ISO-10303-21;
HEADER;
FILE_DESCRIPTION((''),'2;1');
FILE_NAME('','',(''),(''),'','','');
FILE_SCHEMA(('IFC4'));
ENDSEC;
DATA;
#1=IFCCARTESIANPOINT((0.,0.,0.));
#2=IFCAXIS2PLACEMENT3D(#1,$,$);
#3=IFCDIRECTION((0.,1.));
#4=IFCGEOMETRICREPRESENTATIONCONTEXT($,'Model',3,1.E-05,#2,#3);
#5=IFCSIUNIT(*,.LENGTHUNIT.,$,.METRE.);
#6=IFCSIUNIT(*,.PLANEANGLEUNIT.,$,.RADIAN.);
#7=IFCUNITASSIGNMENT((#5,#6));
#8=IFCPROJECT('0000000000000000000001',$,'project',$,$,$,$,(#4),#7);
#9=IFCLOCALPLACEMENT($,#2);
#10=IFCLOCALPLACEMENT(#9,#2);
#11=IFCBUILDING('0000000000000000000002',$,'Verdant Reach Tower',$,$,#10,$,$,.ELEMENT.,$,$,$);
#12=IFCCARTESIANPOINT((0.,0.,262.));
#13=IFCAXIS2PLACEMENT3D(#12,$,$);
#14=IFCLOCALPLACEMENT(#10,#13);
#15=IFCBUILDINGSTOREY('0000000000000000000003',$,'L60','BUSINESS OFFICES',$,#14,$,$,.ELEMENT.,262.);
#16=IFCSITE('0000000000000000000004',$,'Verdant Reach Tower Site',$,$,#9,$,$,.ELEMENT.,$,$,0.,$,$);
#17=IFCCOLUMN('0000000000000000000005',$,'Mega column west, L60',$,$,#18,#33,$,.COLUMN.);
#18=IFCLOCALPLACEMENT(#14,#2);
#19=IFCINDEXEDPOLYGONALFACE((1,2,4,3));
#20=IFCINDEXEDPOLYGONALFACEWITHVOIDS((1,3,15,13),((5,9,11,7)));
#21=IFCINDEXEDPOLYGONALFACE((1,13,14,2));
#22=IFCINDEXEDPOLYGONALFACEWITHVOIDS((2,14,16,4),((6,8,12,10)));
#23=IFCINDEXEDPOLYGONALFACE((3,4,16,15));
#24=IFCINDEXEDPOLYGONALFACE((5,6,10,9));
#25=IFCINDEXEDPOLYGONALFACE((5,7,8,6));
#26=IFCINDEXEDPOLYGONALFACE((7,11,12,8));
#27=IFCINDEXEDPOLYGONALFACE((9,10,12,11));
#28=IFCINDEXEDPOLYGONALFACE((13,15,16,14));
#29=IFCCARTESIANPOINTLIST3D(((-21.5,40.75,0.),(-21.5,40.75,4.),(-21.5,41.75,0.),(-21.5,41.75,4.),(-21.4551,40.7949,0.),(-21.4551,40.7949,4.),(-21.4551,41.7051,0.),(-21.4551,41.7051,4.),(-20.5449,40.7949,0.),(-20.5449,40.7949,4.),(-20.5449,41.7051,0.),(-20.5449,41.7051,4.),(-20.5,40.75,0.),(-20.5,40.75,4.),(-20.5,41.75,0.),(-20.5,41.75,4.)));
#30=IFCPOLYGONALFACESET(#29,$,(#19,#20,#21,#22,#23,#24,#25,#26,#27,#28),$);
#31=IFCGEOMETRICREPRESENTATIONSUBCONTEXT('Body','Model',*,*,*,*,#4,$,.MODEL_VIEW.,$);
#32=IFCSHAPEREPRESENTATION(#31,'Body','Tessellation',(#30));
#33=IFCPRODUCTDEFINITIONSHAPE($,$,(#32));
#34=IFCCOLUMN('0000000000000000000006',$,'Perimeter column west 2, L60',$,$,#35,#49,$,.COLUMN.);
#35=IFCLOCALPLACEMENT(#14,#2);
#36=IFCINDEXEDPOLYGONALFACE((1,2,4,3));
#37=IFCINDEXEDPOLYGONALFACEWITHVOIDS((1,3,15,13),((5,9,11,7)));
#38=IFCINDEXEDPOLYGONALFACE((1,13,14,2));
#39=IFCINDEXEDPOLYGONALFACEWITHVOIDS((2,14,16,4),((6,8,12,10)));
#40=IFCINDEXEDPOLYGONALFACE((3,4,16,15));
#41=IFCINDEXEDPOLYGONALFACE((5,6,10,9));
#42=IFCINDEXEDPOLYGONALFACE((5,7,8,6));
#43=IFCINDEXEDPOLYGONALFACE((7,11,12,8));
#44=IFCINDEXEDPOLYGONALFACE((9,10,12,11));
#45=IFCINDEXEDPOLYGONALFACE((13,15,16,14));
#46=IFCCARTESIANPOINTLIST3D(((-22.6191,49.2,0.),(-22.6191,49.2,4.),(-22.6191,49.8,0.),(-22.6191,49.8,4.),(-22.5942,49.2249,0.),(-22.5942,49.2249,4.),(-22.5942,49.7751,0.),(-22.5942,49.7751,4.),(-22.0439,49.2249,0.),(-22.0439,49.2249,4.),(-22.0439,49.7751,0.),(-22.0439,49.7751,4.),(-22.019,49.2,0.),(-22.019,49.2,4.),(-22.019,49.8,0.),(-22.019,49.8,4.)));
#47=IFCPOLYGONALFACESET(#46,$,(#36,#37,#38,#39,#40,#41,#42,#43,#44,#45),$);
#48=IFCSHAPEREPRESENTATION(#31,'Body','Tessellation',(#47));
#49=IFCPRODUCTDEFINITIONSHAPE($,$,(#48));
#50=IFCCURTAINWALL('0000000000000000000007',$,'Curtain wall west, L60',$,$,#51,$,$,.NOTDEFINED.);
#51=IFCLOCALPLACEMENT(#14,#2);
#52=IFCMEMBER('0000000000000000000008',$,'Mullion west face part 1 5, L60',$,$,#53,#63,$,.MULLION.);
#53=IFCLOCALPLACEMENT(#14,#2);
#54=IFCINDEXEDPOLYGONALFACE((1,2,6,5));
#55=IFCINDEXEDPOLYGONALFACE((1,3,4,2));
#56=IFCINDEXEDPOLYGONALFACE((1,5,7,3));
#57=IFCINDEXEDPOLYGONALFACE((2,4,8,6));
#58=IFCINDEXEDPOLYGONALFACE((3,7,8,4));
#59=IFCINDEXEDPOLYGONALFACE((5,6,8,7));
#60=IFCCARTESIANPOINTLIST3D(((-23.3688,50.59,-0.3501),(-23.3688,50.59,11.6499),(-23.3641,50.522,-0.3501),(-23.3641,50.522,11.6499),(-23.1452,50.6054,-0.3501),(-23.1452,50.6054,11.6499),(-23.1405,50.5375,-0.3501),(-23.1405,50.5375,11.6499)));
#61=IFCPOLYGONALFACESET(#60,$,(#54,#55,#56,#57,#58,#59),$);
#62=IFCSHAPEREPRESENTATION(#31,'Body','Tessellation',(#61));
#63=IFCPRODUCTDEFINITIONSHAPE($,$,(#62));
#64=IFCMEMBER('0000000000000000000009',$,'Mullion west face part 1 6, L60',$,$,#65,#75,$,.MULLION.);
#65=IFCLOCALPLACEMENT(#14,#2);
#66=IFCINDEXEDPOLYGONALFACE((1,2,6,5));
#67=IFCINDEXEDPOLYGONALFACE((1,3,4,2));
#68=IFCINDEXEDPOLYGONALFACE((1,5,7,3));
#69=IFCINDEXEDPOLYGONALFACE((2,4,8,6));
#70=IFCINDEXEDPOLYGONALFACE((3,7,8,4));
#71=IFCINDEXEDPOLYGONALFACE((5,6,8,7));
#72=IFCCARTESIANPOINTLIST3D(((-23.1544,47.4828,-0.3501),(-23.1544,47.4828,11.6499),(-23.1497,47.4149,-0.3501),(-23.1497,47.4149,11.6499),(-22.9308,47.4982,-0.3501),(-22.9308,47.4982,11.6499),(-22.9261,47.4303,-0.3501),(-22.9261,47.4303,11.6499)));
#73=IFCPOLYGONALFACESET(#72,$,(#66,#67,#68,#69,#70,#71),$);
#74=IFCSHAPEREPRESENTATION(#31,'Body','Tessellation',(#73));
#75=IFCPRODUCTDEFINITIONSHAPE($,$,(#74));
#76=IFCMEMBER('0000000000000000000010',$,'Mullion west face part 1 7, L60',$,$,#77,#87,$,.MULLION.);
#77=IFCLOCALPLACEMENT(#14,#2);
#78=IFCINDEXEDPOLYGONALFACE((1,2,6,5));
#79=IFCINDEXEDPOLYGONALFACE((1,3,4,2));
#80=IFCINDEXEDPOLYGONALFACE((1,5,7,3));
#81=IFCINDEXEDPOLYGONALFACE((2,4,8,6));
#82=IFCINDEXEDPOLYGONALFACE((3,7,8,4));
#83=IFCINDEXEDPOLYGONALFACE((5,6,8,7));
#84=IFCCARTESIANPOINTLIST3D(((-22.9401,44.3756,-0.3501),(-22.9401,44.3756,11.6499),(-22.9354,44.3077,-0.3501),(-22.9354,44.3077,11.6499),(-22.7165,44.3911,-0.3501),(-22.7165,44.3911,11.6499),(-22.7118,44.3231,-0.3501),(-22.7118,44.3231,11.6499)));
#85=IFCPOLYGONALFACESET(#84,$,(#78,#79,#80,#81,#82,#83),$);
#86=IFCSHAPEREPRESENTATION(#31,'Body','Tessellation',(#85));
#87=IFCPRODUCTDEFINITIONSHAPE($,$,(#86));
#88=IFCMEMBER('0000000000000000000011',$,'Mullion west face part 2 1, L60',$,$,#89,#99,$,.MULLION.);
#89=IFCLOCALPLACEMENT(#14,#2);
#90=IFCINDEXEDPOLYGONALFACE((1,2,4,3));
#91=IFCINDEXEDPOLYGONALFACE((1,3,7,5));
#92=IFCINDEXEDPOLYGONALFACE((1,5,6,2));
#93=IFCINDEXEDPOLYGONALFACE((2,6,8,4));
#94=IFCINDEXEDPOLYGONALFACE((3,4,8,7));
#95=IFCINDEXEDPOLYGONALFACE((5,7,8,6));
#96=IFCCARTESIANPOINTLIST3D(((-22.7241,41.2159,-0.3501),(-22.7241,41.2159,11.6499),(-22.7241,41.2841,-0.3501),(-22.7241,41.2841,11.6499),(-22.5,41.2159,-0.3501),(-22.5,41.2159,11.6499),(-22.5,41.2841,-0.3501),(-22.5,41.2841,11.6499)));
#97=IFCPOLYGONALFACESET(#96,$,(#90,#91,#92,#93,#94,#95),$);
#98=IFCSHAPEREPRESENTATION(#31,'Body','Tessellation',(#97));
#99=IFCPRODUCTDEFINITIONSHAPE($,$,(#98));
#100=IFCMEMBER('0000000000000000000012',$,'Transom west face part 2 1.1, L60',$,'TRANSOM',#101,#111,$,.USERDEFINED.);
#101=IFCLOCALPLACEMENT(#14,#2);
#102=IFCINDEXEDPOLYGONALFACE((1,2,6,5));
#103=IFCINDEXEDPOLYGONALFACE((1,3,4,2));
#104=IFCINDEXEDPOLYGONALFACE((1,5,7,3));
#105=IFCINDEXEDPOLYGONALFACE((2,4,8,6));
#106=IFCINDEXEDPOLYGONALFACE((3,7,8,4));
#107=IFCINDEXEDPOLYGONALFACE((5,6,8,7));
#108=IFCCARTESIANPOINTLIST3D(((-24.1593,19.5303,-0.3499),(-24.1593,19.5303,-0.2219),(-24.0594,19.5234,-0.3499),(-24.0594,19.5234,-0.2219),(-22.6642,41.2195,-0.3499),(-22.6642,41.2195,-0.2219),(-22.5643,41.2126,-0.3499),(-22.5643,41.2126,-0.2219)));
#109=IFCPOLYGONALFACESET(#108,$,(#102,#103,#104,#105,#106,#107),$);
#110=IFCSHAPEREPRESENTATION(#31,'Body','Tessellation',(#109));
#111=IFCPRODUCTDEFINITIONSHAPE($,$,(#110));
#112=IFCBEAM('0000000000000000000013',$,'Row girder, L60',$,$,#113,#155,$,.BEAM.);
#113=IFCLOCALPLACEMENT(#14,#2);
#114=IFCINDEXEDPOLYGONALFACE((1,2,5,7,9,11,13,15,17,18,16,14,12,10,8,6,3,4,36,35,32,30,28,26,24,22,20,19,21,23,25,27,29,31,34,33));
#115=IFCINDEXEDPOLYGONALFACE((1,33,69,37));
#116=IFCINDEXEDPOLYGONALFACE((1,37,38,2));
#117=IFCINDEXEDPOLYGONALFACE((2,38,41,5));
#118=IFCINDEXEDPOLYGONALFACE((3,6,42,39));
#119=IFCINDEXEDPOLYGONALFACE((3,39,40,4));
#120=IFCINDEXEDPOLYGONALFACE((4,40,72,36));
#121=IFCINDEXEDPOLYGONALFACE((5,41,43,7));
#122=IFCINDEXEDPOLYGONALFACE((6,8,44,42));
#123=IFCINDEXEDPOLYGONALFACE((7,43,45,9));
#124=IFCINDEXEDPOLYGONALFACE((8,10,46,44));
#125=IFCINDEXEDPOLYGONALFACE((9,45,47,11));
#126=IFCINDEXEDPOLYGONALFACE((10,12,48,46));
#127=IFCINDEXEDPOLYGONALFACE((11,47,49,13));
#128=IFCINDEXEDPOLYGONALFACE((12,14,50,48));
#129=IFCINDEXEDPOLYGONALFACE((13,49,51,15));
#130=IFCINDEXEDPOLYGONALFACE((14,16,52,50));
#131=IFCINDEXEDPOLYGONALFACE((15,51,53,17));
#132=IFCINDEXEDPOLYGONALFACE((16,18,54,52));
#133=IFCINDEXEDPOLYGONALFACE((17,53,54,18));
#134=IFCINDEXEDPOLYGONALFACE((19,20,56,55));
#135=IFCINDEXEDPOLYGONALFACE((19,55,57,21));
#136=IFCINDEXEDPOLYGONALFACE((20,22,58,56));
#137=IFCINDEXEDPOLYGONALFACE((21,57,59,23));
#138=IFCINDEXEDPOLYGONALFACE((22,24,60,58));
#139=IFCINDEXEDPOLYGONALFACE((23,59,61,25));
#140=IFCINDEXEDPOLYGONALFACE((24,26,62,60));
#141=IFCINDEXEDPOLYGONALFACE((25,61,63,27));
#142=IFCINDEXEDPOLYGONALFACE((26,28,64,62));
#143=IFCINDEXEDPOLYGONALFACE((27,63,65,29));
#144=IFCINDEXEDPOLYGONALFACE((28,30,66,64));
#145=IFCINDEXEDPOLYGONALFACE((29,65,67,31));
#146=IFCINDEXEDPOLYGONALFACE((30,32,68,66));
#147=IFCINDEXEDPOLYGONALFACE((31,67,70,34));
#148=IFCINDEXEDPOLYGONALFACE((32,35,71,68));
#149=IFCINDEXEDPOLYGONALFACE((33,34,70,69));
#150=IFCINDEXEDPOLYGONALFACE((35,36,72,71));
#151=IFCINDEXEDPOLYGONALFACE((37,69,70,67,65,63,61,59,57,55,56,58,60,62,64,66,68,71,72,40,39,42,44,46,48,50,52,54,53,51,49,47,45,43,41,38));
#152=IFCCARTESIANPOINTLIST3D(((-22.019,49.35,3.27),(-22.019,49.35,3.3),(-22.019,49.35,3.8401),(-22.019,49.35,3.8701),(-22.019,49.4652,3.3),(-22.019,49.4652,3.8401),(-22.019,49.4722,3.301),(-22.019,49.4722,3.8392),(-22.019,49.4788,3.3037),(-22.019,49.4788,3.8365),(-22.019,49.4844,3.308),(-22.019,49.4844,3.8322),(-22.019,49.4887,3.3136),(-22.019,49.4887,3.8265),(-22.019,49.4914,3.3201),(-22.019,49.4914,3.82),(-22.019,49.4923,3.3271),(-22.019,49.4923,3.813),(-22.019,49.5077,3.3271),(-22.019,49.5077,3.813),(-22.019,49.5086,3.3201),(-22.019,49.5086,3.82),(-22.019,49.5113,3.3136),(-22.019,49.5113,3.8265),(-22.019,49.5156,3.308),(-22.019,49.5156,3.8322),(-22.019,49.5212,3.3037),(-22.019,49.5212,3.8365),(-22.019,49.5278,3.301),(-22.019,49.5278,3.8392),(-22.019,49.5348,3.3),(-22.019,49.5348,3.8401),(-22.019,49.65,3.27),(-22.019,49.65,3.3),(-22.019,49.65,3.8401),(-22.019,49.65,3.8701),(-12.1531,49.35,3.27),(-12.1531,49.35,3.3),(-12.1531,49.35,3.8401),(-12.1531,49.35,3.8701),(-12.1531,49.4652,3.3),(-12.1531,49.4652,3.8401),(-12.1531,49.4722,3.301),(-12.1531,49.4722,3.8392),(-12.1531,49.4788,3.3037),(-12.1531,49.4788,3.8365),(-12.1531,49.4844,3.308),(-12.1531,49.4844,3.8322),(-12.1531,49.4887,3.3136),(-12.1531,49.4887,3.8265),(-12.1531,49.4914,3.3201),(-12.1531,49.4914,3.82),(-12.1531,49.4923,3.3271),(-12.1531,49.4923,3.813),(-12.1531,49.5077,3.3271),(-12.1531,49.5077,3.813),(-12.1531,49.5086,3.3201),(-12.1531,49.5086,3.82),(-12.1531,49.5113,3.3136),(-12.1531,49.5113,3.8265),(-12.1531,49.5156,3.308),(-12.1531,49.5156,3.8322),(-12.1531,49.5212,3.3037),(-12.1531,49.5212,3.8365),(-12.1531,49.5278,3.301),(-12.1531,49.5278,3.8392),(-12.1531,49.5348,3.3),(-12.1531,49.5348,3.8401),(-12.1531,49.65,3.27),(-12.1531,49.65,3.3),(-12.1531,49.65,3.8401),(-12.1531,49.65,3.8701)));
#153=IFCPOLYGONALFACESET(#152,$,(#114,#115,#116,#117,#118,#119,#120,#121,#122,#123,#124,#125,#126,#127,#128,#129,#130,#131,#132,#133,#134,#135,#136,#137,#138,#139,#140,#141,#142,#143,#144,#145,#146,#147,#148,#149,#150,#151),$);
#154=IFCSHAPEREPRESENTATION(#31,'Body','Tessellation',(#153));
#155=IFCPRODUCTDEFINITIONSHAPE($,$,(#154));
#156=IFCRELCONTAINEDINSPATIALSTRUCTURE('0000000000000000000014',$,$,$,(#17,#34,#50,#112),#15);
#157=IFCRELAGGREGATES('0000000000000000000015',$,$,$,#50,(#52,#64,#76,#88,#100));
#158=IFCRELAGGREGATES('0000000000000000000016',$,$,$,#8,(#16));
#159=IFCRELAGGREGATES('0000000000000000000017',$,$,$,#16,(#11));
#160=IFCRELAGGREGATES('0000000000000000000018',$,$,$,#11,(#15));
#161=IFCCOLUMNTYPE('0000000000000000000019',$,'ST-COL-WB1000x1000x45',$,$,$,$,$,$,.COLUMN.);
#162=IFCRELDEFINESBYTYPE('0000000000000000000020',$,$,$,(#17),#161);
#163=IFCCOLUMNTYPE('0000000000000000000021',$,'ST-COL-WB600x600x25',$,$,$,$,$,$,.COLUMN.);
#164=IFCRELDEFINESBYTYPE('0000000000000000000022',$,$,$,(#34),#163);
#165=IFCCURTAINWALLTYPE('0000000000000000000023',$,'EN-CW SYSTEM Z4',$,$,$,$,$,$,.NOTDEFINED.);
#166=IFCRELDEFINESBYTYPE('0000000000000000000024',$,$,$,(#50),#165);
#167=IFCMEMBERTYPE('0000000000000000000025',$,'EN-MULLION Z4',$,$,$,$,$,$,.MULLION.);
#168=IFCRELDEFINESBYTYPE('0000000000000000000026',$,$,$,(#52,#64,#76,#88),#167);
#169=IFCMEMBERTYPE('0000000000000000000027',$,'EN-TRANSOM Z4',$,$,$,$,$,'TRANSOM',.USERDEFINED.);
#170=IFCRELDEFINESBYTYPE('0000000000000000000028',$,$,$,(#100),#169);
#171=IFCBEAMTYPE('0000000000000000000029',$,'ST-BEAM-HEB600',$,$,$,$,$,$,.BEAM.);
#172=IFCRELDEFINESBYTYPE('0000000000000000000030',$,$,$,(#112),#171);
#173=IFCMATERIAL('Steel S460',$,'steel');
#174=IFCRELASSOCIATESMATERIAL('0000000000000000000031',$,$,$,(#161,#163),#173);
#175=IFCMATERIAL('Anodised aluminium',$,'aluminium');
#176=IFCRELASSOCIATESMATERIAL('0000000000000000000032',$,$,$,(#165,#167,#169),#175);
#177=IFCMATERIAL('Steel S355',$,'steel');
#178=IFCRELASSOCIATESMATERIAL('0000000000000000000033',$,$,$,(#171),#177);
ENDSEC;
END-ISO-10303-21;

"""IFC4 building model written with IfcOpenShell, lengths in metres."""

from ifc_helpers import new_model, si_unit, direction, frame, origin, origin_2d, place, context, subcontext, project, spatial, rectangle, hollow_rectangle, i_section, extrude, material, material_profile, profile_set, type_object, element, aggregate, save


model = new_model("IFC4")

# Units and contexts
model_context = context("Model", 3, precision=1e-05, world=origin(), true_north=direction((0.0, 1.0)))
body_context = subcontext(model_context, "Body", "Model", "MODEL_VIEW")
ifc_project = project(units=[si_unit("LENGTHUNIT", "METRE"), si_unit("PLANEANGLEUNIT", "RADIAN")], contexts=[model_context])

# Site, building, storey
site_placement = place(None, origin())
site = spatial("IfcSite", under=ifc_project, at=site_placement, Name="Verdant Reach Tower Site", CompositionType="ELEMENT", RefElevation=0.0)
building_placement = place(site_placement, origin())
building = spatial("IfcBuilding", under=site, at=building_placement, Name="Verdant Reach Tower", CompositionType="ELEMENT")
storey_placement = place(building_placement, frame((0.0, 0.0, 262.0)))
storey = spatial("IfcBuildingStorey", under=building, at=storey_placement, Name="L60", Description="BUSINESS OFFICES", CompositionType="ELEMENT", Elevation=262.0)

# Columns
ifc_material_1 = material(Name="Steel S460", Category="steel")
ifc_material_profile_1 = material_profile(ifc_material_1, hollow_rectangle(XDim=1.0, YDim=1.0, WallThickness=0.0449, at=origin_2d()), Name="WB 1000x1000x45")
ifc_profile_set_1 = profile_set([ifc_material_profile_1], Name="Steel S460")
column_type_1 = type_object("IfcColumnType", Name="ST-COL-WB1000x1000x45", PredefinedType="COLUMN", material=ifc_profile_set_1)
column_1_placement = place(storey_placement, frame((-21.0, 41.25, 0.0), z_axis=(0.0, 0.0, 1.0), x_axis=(1.0, 0.0, 0.0)))
element("IfcColumn", 1, at=column_1_placement, inside=storey, type_object=column_type_1, Name="Mega column west, L60", PredefinedType="COLUMN", context=body_context, shape_type="SweptSolid", body=[
    extrude(hollow_rectangle(XDim=1.0, YDim=1.0, WallThickness=0.0449, at=origin_2d()), origin(), (0.0, 0.0, 1.0), 4.0),
])
ifc_material_profile_2 = material_profile(ifc_material_1, hollow_rectangle(XDim=0.6001, YDim=0.6001, WallThickness=0.0249, at=origin_2d()), Name="WB 600x600x25")
ifc_profile_set_2 = profile_set([ifc_material_profile_2], Name="Steel S460")
column_type_2 = type_object("IfcColumnType", Name="ST-COL-WB600x600x25", PredefinedType="COLUMN", material=ifc_profile_set_2)
column_2_placement = place(storey_placement, frame((-22.3191, 49.5, 0.0), z_axis=(0.0, 0.0, 1.0), x_axis=(1.0, 0.0, 0.0)))
element("IfcColumn", 2, at=column_2_placement, inside=storey, type_object=column_type_2, Name="Perimeter column west 2, L60", PredefinedType="COLUMN", context=body_context, shape_type="SweptSolid", body=[
    extrude(hollow_rectangle(XDim=0.6001, YDim=0.6001, WallThickness=0.0249, at=origin_2d()), origin(), (0.0, 0.0, 1.0), 4.0),
])

# Curtain wall, members
ifc_material_2 = material(Name="Anodised aluminium", Category="aluminium")
curtain_wall_type = type_object("IfcCurtainWallType", Name="EN-CW SYSTEM Z4", PredefinedType="NOTDEFINED", material=ifc_material_2)
curtain_wall_placement = place(storey_placement, origin())
curtain_wall = element("IfcCurtainWall", 3, at=curtain_wall_placement, inside=storey, type_object=curtain_wall_type, Name="Curtain wall west, L60", PredefinedType="NOTDEFINED")
ifc_material_profile_3 = material_profile(ifc_material_2, rectangle(XDim=0.2241, YDim=0.0681, at=origin_2d()), Name="Mullion 68x224")
ifc_profile_set_3 = profile_set([ifc_material_profile_3], Name="Anodised aluminium")
member_type_1 = type_object("IfcMemberType", Name="EN-MULLION Z4", PredefinedType="MULLION", material=ifc_profile_set_3)
member_1_placement = place(storey_placement, frame((-23.2546, 50.5637, -0.3501), z_axis=(0.0, 0.0, 1.0), x_axis=(-0.99763, -0.068802, 0.0)))
member_1 = element("IfcMember", 4, at=member_1_placement, type_object=member_type_1, Name="Mullion west face part 1 5, L60", PredefinedType="MULLION", context=body_context, shape_type="SweptSolid", body=[
    extrude(rectangle(XDim=0.2241, YDim=0.0681, at=origin_2d()), origin(), (0.0, 0.0, 1.0), 12.0),
])
member_2_placement = place(storey_placement, frame((-23.0403, 47.4565, -0.3501), z_axis=(0.0, 0.0, 1.0), x_axis=(-0.99763, -0.068802, 0.0)))
member_2 = element("IfcMember", 5, at=member_2_placement, type_object=member_type_1, Name="Mullion west face part 1 6, L60", PredefinedType="MULLION", context=body_context, shape_type="SweptSolid", body=[
    extrude(rectangle(XDim=0.2241, YDim=0.0681, at=origin_2d()), origin(), (0.0, 0.0, 1.0), 12.0),
])
member_3_placement = place(storey_placement, frame((-22.8259, 44.3494, -0.3501), z_axis=(0.0, 0.0, 1.0), x_axis=(-0.99763, -0.068802, 0.0)))
member_3 = element("IfcMember", 6, at=member_3_placement, type_object=member_type_1, Name="Mullion west face part 1 7, L60", PredefinedType="MULLION", context=body_context, shape_type="SweptSolid", body=[
    extrude(rectangle(XDim=0.2241, YDim=0.0681, at=origin_2d()), origin(), (0.0, 0.0, 1.0), 12.0),
])
member_4_placement = place(storey_placement, frame((-22.6121, 41.25, -0.3501), z_axis=(0.0, 0.0, 1.0), x_axis=(-1.0, 0.0, 0.0)))
member_4 = element("IfcMember", 7, at=member_4_placement, type_object=member_type_1, Name="Mullion west face part 2 1, L60", PredefinedType="MULLION", context=body_context, shape_type="SweptSolid", body=[
    extrude(rectangle(XDim=0.2241, YDim=0.0681, at=origin_2d()), origin(), (0.0, 0.0, 1.0), 12.0),
])
ifc_material_profile_4 = material_profile(ifc_material_2, rectangle(XDim=0.1001, YDim=0.1279, at=origin_2d()), Name="Transom 128x100")
ifc_profile_set_4 = profile_set([ifc_material_profile_4], Name="Anodised aluminium")
member_type_2 = type_object("IfcMemberType", Name="EN-TRANSOM Z4", ElementType="TRANSOM", PredefinedType="USERDEFINED", material=ifc_profile_set_4)
member_5_placement = place(storey_placement, frame((-22.6143, 41.2161, -0.2859), z_axis=(-0.06877, -0.997633, 0.0), x_axis=(0.997633, -0.06877, 0.0)))
member_5 = element("IfcMember", 8, at=member_5_placement, type_object=member_type_2, Name="Transom west face part 2 1.1, L60", ObjectType="TRANSOM", PredefinedType="USERDEFINED", context=body_context, shape_type="SweptSolid", body=[
    extrude(rectangle(XDim=0.1001, YDim=0.1279, at=origin_2d()), origin(), (0.0, 0.0, 1.0), 21.7407),
])

# Beam
ifc_material_3 = material(Name="Steel S355", Category="steel")
ifc_material_profile_5 = material_profile(ifc_material_3, i_section(OverallWidth=0.3, OverallDepth=0.6001, WebThickness=0.0154, FlangeThickness=0.03, FilletRadius=0.0271, at=origin_2d()), Name="HEB 600")
ifc_profile_set_5 = profile_set([ifc_material_profile_5], Name="Steel S355")
beam_type_1 = type_object("IfcBeamType", Name="ST-BEAM-HEB600", PredefinedType="BEAM", material=ifc_profile_set_5)
beam_1_placement = place(storey_placement, frame((-22.019, 49.5, 3.5701), z_axis=(1.0, 0.0, 0.0), x_axis=(0.0, 1.0, 0.0)))
element("IfcBeam", 9, at=beam_1_placement, inside=storey, type_object=beam_type_1, Name="Row girder, L60", PredefinedType="BEAM", context=body_context, shape_type="SweptSolid", body=[
    extrude(i_section(OverallWidth=0.3, OverallDepth=0.6001, WebThickness=0.0154, FlangeThickness=0.03, FilletRadius=0.0271, at=origin_2d()), origin(), (0.0, 0.0, 1.0), 9.866),
])

aggregate(curtain_wall, [member_1, member_2, member_3, member_4, member_5])

save(model, "model.ifc")
